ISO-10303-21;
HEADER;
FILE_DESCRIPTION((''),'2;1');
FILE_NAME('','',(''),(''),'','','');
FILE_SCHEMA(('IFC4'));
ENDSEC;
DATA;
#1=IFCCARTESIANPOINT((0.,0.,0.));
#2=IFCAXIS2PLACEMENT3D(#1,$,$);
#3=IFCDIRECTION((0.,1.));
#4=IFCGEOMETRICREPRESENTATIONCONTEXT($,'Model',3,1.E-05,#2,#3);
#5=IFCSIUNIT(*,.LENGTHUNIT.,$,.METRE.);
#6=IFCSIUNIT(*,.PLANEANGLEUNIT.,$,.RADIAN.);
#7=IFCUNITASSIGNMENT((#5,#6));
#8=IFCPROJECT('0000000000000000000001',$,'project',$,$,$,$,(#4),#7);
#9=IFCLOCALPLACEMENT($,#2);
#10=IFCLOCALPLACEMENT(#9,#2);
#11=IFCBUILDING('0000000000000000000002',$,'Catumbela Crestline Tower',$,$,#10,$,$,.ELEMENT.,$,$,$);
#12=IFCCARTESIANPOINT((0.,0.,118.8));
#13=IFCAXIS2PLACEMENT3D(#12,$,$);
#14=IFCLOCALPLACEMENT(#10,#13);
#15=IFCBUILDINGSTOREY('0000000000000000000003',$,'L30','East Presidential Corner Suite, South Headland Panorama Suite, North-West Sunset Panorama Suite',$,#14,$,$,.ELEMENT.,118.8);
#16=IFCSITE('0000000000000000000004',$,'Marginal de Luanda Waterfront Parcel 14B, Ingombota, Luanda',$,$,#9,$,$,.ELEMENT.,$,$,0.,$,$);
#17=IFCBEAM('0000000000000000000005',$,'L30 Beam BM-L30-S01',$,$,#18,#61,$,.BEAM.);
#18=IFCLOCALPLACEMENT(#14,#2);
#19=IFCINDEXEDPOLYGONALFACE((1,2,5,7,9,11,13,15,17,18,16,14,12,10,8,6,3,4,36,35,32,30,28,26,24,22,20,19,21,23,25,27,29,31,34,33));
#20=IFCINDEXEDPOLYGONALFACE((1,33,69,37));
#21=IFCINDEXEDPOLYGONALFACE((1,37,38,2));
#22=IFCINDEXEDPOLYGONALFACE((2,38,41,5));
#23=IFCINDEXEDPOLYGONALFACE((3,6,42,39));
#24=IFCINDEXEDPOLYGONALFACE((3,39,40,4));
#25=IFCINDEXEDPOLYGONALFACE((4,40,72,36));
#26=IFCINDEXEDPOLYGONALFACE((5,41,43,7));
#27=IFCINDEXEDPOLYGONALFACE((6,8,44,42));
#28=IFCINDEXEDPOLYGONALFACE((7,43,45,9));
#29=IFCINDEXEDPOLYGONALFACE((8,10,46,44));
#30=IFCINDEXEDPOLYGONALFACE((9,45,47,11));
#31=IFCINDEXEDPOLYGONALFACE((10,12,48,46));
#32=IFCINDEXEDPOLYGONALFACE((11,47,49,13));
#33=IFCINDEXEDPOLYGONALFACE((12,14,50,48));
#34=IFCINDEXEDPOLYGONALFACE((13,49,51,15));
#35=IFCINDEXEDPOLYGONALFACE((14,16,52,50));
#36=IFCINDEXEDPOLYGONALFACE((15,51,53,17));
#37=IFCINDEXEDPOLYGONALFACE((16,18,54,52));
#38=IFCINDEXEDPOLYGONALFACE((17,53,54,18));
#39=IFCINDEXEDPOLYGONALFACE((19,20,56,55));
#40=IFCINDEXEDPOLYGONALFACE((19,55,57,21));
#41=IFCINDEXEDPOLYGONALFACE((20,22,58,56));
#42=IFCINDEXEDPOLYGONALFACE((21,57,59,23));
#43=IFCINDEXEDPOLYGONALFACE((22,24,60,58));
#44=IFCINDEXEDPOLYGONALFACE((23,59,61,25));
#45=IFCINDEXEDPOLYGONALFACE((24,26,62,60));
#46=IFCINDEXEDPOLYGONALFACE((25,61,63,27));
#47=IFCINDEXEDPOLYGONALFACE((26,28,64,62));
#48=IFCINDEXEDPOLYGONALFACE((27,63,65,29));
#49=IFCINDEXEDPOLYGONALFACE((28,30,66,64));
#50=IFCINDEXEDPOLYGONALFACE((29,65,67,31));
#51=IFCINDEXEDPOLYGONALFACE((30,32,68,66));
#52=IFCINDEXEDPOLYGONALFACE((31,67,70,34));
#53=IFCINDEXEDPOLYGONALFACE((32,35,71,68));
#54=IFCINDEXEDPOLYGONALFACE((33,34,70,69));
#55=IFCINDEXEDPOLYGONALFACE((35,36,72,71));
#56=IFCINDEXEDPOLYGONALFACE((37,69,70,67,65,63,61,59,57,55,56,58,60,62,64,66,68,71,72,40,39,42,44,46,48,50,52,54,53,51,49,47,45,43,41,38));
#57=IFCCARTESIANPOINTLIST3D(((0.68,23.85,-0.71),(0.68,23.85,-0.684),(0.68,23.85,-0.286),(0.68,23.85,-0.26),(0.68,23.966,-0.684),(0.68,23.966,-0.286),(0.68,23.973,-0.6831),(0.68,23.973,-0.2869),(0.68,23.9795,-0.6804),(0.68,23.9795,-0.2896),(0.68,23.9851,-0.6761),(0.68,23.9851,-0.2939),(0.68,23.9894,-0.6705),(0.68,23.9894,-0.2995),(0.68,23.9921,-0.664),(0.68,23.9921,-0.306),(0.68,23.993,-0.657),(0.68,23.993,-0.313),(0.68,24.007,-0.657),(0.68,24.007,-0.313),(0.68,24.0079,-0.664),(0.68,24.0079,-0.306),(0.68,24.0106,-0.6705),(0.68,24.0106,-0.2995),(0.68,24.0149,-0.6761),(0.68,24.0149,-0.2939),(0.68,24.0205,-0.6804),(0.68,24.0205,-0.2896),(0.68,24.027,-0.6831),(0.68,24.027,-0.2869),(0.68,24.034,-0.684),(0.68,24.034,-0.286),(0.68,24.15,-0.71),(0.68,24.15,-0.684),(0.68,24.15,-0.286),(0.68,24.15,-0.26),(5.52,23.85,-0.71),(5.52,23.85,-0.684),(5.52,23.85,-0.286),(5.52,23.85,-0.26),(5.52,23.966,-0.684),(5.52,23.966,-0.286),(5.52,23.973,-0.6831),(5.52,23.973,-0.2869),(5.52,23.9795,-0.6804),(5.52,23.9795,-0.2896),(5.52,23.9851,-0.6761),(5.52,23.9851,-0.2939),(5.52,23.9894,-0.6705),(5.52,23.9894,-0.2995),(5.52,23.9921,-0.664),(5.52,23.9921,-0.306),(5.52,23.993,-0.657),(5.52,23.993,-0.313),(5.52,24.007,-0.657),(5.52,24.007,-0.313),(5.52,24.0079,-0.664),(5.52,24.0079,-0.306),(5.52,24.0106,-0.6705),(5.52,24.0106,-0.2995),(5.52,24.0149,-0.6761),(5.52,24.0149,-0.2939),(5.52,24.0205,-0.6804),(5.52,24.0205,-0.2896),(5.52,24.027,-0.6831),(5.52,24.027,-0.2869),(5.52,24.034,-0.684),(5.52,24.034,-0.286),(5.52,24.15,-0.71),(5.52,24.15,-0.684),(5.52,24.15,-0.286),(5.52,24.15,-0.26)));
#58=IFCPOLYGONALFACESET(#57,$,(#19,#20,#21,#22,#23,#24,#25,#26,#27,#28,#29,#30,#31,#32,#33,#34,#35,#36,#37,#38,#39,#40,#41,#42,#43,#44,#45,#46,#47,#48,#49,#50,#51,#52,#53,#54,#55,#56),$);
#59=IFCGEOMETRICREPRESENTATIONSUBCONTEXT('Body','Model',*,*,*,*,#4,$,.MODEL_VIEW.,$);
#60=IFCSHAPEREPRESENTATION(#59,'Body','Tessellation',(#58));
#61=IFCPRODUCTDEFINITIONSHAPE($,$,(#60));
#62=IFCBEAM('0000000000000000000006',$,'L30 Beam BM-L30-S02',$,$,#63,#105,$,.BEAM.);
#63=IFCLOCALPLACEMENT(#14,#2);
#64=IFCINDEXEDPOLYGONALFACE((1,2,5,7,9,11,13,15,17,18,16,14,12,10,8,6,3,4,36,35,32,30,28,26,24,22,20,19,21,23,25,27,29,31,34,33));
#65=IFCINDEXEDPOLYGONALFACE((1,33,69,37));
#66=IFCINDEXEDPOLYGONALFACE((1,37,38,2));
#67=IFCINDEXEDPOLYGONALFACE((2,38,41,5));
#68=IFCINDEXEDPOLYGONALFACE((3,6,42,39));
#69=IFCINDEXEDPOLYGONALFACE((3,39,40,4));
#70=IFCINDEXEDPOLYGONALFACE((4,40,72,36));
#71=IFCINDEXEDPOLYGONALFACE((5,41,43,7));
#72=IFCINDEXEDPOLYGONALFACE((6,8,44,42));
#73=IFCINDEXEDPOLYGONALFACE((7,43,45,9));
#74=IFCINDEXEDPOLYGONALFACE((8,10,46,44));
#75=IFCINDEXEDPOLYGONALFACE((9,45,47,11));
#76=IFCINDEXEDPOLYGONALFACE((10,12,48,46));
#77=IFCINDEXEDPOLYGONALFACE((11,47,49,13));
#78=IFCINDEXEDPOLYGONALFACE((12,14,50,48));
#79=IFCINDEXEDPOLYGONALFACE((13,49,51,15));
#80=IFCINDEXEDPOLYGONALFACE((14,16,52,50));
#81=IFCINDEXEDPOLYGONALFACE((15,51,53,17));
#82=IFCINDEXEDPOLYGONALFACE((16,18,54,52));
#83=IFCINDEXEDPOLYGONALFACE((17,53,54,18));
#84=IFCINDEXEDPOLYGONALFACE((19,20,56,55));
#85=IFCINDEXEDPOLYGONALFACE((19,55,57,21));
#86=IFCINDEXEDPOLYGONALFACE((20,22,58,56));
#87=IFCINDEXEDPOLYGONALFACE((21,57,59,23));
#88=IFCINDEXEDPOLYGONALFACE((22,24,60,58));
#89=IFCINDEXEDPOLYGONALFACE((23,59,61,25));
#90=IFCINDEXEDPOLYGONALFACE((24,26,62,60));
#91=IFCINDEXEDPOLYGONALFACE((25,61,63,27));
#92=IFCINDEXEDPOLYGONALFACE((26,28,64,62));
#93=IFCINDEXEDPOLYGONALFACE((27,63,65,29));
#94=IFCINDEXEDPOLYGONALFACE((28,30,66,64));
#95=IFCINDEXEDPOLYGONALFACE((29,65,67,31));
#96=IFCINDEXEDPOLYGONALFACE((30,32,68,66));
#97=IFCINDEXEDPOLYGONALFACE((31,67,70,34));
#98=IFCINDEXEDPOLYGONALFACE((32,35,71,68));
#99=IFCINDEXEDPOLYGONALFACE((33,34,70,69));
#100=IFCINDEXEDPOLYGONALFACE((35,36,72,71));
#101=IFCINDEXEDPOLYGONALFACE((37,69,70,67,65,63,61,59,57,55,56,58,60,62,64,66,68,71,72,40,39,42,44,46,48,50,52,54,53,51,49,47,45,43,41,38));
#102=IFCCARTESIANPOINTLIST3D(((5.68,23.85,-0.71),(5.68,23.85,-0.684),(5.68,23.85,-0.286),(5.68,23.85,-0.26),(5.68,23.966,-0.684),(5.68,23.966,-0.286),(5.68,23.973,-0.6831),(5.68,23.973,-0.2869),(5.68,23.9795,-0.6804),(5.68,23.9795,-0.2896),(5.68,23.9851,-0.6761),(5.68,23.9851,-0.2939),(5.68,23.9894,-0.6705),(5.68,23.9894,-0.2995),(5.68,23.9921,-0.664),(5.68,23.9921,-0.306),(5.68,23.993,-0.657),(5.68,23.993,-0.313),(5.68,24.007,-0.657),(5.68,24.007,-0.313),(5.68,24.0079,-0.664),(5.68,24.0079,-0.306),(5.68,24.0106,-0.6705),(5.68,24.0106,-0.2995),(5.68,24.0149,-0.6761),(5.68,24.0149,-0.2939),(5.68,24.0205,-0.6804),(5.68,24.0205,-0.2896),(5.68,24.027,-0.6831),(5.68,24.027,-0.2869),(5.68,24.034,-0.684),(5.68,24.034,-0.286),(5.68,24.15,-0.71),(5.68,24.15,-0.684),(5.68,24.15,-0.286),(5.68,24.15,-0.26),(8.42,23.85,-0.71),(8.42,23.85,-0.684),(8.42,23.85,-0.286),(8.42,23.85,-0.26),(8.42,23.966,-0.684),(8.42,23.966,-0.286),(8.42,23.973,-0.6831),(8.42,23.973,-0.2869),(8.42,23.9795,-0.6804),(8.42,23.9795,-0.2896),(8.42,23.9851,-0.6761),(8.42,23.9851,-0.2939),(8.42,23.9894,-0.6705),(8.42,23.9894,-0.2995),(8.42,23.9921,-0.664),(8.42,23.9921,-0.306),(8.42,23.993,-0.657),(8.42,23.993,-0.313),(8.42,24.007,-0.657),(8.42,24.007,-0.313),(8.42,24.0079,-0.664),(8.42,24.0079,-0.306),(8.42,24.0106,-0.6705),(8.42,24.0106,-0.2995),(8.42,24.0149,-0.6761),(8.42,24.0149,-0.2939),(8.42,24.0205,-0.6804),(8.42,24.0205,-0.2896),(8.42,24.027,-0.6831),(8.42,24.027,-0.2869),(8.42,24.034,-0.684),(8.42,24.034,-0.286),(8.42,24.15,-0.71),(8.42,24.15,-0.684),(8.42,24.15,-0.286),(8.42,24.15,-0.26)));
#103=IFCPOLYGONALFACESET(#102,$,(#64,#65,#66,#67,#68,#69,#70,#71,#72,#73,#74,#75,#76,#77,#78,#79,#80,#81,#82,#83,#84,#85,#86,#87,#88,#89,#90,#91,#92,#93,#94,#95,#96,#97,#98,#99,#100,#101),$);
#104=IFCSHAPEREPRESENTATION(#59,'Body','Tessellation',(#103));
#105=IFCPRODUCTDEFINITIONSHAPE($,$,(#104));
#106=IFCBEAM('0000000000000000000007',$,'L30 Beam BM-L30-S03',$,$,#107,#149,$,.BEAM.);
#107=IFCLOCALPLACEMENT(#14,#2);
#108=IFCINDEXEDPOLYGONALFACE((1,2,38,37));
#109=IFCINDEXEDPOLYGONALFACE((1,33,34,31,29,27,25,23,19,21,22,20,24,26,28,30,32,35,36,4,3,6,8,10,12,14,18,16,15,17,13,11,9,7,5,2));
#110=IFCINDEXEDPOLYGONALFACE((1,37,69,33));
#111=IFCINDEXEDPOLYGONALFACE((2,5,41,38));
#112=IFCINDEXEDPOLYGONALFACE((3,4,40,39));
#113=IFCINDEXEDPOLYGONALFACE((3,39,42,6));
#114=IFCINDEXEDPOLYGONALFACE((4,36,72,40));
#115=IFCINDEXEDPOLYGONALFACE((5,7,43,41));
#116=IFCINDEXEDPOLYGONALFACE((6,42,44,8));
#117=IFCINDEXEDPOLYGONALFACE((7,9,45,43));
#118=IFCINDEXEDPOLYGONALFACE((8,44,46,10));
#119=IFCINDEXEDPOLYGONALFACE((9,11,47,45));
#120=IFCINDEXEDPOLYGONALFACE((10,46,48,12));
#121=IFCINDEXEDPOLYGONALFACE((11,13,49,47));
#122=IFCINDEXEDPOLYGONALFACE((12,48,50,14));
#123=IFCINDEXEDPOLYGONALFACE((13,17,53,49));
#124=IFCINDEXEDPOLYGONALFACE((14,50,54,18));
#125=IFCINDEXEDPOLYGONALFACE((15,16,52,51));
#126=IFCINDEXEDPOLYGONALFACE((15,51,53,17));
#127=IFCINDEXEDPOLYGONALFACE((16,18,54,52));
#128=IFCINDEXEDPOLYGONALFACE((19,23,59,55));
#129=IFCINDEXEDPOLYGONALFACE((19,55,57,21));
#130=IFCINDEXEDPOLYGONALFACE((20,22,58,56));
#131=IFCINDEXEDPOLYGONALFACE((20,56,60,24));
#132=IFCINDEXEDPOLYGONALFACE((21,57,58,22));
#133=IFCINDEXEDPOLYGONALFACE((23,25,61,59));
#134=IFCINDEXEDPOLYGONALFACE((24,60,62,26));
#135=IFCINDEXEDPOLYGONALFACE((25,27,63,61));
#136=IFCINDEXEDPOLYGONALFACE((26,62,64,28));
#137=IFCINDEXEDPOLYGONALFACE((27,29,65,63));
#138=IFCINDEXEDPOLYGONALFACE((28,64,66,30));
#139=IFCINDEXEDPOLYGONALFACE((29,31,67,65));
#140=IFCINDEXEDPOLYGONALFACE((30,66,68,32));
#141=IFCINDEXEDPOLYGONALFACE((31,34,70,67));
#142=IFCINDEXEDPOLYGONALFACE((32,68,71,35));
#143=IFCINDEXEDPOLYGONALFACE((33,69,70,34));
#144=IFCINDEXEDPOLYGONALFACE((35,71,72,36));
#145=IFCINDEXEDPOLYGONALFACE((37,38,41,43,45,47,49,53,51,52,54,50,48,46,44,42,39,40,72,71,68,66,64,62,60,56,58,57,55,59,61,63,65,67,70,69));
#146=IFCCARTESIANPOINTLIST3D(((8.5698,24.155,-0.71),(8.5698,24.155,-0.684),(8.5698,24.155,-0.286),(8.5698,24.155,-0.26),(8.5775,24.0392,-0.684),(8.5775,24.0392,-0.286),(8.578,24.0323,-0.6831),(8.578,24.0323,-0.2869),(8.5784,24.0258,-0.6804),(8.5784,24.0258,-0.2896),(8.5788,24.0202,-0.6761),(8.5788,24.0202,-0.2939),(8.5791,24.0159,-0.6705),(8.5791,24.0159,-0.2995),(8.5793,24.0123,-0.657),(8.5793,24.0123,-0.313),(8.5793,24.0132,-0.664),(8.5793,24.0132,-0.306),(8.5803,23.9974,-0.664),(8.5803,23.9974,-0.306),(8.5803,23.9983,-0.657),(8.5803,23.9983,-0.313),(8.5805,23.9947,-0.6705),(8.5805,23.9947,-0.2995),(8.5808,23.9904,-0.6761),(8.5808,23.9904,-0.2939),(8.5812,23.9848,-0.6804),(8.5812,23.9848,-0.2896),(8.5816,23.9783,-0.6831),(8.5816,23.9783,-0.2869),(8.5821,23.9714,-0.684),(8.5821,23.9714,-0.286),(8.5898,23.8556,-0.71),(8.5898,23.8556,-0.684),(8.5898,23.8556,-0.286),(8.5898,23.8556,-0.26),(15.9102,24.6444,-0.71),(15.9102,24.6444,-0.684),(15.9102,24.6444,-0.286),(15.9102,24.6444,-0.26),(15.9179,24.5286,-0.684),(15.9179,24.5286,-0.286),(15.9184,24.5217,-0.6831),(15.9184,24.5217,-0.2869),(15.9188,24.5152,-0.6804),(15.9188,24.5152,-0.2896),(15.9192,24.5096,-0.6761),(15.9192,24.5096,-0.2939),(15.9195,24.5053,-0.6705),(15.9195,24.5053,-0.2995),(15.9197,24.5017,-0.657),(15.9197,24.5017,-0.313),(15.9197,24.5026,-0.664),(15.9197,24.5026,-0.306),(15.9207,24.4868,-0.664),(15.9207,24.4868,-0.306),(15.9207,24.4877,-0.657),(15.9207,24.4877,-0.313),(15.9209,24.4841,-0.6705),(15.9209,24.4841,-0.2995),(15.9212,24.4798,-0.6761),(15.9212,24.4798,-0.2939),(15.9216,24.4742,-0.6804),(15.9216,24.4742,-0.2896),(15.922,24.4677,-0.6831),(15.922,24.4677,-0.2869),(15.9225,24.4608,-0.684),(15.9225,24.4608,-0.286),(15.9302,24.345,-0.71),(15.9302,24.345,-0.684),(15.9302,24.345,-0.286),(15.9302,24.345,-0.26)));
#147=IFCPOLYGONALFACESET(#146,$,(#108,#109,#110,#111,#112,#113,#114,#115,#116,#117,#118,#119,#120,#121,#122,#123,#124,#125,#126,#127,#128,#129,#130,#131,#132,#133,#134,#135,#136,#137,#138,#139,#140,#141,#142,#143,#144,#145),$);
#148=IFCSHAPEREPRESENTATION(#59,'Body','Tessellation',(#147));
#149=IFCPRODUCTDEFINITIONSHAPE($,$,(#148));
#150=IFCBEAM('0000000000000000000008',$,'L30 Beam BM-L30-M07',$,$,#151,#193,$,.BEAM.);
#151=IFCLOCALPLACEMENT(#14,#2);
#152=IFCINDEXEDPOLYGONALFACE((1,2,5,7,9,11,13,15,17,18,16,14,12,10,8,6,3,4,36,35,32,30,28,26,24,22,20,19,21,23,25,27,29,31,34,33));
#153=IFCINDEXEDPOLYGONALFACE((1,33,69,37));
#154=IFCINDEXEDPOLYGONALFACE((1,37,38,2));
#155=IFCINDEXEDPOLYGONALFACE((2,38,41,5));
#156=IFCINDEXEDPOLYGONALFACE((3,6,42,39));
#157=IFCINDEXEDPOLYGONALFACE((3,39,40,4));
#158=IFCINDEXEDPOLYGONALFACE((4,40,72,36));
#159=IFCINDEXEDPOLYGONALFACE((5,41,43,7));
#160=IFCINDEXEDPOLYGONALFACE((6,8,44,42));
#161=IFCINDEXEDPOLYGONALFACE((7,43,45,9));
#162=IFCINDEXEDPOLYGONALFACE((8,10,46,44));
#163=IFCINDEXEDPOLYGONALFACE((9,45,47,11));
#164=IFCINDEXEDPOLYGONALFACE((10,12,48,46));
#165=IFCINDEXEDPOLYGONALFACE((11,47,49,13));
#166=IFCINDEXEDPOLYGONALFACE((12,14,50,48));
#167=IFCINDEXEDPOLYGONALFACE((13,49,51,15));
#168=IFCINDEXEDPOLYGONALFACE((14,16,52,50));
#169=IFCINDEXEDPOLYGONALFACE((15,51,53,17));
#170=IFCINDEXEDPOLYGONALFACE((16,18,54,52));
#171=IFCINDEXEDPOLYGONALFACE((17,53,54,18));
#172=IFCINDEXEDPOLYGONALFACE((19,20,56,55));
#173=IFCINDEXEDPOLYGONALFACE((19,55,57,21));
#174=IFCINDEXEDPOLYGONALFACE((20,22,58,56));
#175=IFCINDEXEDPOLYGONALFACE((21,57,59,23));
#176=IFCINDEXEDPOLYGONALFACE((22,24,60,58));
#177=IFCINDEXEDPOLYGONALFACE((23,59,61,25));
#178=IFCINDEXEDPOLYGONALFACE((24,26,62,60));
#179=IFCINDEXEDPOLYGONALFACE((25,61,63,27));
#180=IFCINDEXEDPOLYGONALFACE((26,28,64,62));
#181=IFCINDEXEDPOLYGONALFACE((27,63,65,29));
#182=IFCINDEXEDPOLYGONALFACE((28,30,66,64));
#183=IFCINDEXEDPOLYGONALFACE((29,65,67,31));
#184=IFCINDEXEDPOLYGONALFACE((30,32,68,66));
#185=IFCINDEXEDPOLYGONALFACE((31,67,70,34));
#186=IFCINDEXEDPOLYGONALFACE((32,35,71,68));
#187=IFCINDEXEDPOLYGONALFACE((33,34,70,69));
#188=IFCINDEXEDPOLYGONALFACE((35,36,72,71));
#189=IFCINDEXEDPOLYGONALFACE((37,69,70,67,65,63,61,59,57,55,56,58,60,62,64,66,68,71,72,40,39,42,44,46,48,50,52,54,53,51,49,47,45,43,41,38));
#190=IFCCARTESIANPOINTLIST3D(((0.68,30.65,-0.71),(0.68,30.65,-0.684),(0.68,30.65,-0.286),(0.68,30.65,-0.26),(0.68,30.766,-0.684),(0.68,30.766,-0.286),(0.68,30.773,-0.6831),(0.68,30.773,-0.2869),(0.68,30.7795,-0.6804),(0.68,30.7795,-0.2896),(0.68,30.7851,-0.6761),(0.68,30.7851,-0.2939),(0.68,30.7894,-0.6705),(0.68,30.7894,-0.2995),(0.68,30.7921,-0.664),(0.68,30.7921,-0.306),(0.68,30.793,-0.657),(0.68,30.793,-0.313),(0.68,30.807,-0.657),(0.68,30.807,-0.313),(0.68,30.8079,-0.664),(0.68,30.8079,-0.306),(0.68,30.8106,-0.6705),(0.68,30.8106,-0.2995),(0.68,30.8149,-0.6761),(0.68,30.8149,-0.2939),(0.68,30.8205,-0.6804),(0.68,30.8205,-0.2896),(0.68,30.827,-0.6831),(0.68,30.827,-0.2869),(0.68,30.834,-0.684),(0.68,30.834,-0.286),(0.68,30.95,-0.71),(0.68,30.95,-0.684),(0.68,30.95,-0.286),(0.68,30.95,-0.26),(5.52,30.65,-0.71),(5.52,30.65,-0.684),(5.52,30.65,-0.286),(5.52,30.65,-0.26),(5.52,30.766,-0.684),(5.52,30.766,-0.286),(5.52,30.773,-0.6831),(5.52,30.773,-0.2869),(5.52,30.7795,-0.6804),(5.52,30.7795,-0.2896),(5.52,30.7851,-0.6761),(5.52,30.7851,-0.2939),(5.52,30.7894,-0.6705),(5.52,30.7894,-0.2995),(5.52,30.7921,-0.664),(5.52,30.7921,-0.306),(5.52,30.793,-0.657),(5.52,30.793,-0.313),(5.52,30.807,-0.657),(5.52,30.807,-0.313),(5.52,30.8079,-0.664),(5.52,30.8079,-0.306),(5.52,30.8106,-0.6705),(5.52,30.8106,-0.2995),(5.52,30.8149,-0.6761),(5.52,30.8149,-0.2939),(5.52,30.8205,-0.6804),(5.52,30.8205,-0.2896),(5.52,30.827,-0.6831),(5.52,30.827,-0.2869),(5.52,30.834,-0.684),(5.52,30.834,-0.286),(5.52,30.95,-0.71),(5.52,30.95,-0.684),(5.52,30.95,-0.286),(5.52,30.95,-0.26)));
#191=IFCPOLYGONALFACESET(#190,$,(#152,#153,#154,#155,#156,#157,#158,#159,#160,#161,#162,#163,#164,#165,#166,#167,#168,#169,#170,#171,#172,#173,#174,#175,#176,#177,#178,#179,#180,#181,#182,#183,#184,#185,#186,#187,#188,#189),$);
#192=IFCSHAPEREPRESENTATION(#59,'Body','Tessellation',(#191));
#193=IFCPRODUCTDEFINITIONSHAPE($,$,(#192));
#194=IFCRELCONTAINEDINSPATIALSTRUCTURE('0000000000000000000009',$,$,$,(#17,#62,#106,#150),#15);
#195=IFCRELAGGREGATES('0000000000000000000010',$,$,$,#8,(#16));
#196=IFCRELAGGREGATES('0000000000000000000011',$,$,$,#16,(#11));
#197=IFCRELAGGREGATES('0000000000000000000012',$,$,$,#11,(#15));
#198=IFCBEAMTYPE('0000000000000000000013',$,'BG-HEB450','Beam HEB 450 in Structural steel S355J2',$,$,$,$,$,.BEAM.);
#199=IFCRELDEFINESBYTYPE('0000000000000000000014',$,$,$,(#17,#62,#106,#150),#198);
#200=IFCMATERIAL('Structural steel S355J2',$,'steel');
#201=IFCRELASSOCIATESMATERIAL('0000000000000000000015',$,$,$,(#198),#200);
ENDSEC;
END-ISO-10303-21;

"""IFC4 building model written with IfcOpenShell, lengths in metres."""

from ifc_helpers import new_model, si_unit, direction, frame, origin, origin_2d, place, context, subcontext, project, spatial, i_section, extrude, material, material_profile, profile_set, type_object, element, save


model = new_model("IFC4")

# Units and contexts
model_context = context("Model", 3, precision=1e-05, world=origin(), true_north=direction((0.0, 1.0)))
body_context = subcontext(model_context, "Body", "Model", "MODEL_VIEW")
ifc_project = project(units=[si_unit("LENGTHUNIT", "METRE"), si_unit("PLANEANGLEUNIT", "RADIAN")], contexts=[model_context])

# Site, building, storey
site_placement = place(None, origin())
site = spatial("IfcSite", under=ifc_project, at=site_placement, Name="Marginal de Luanda Waterfront Parcel 14B, Ingombota, Luanda", CompositionType="ELEMENT", RefElevation=0.0)
building_placement = place(site_placement, origin())
building = spatial("IfcBuilding", under=site, at=building_placement, Name="Catumbela Crestline Tower", CompositionType="ELEMENT")
storey_placement = place(building_placement, frame((0.0, 0.0, 118.8)))
storey = spatial("IfcBuildingStorey", under=building, at=storey_placement, Name="L30", Description="East Presidential Corner Suite, South Headland Panorama Suite, North-West Sunset Panorama Suite", CompositionType="ELEMENT", Elevation=118.8)

# Beams
ifc_material_1 = material(Name="Structural steel S355J2", Category="steel")
ifc_material_profile_1 = material_profile(ifc_material_1, i_section(OverallWidth=0.3, OverallDepth=0.45, WebThickness=0.014, FlangeThickness=0.026, FilletRadius=0.027, at=origin_2d()), Name="HEB 450")
ifc_profile_set_1 = profile_set([ifc_material_profile_1], Name="Structural steel S355J2")
beam_type = type_object("IfcBeamType", Name="BG-HEB450", Description="Beam HEB 450 in Structural steel S355J2", PredefinedType="BEAM", material=ifc_profile_set_1)
beam_1_placement = place(storey_placement, frame((0.68, 24.0, -0.485), z_axis=(1.0, 0.0, 0.0), x_axis=(0.0, 1.0, 0.0)))
element("IfcBeam", 1, at=beam_1_placement, inside=storey, type_object=beam_type, Name="L30 Beam BM-L30-S01", PredefinedType="BEAM", context=body_context, shape_type="SweptSolid", body=[
    extrude(i_section(OverallWidth=0.3, OverallDepth=0.45, WebThickness=0.014, FlangeThickness=0.026, FilletRadius=0.027, at=origin_2d()), origin(), (0.0, 0.0, 1.0), 4.84),
])
beam_2_placement = place(storey_placement, frame((5.68, 24.0, -0.485), z_axis=(1.0, 0.0, 0.0), x_axis=(0.0, 1.0, 0.0)))
element("IfcBeam", 2, at=beam_2_placement, inside=storey, type_object=beam_type, Name="L30 Beam BM-L30-S02", PredefinedType="BEAM", context=body_context, shape_type="SweptSolid", body=[
    extrude(i_section(OverallWidth=0.3, OverallDepth=0.45, WebThickness=0.014, FlangeThickness=0.026, FilletRadius=0.027, at=origin_2d()), origin(), (0.0, 0.0, 1.0), 2.74),
])
beam_3_placement = place(storey_placement, frame((8.5798, 24.0053, -0.485), z_axis=(0.997785, 0.066524, 0.0), x_axis=(-0.066524, 0.997785, 0.0)))
element("IfcBeam", 3, at=beam_3_placement, inside=storey, type_object=beam_type, Name="L30 Beam BM-L30-S03", PredefinedType="BEAM", context=body_context, shape_type="SweptSolid", body=[
    extrude(i_section(OverallWidth=0.3, OverallDepth=0.45, WebThickness=0.014, FlangeThickness=0.026, FilletRadius=0.027, at=origin_2d()), origin(), (0.0, 0.0, 1.0), 7.3567),
])
beam_4_placement = place(storey_placement, frame((0.68, 30.8, -0.485), z_axis=(1.0, 0.0, 0.0), x_axis=(0.0, 1.0, 0.0)))
element("IfcBeam", 4, at=beam_4_placement, inside=storey, type_object=beam_type, Name="L30 Beam BM-L30-M07", PredefinedType="BEAM", context=body_context, shape_type="SweptSolid", body=[
    extrude(i_section(OverallWidth=0.3, OverallDepth=0.45, WebThickness=0.014, FlangeThickness=0.026, FilletRadius=0.027, at=origin_2d()), origin(), (0.0, 0.0, 1.0), 4.84),
])

save(model, "model.ifc")
